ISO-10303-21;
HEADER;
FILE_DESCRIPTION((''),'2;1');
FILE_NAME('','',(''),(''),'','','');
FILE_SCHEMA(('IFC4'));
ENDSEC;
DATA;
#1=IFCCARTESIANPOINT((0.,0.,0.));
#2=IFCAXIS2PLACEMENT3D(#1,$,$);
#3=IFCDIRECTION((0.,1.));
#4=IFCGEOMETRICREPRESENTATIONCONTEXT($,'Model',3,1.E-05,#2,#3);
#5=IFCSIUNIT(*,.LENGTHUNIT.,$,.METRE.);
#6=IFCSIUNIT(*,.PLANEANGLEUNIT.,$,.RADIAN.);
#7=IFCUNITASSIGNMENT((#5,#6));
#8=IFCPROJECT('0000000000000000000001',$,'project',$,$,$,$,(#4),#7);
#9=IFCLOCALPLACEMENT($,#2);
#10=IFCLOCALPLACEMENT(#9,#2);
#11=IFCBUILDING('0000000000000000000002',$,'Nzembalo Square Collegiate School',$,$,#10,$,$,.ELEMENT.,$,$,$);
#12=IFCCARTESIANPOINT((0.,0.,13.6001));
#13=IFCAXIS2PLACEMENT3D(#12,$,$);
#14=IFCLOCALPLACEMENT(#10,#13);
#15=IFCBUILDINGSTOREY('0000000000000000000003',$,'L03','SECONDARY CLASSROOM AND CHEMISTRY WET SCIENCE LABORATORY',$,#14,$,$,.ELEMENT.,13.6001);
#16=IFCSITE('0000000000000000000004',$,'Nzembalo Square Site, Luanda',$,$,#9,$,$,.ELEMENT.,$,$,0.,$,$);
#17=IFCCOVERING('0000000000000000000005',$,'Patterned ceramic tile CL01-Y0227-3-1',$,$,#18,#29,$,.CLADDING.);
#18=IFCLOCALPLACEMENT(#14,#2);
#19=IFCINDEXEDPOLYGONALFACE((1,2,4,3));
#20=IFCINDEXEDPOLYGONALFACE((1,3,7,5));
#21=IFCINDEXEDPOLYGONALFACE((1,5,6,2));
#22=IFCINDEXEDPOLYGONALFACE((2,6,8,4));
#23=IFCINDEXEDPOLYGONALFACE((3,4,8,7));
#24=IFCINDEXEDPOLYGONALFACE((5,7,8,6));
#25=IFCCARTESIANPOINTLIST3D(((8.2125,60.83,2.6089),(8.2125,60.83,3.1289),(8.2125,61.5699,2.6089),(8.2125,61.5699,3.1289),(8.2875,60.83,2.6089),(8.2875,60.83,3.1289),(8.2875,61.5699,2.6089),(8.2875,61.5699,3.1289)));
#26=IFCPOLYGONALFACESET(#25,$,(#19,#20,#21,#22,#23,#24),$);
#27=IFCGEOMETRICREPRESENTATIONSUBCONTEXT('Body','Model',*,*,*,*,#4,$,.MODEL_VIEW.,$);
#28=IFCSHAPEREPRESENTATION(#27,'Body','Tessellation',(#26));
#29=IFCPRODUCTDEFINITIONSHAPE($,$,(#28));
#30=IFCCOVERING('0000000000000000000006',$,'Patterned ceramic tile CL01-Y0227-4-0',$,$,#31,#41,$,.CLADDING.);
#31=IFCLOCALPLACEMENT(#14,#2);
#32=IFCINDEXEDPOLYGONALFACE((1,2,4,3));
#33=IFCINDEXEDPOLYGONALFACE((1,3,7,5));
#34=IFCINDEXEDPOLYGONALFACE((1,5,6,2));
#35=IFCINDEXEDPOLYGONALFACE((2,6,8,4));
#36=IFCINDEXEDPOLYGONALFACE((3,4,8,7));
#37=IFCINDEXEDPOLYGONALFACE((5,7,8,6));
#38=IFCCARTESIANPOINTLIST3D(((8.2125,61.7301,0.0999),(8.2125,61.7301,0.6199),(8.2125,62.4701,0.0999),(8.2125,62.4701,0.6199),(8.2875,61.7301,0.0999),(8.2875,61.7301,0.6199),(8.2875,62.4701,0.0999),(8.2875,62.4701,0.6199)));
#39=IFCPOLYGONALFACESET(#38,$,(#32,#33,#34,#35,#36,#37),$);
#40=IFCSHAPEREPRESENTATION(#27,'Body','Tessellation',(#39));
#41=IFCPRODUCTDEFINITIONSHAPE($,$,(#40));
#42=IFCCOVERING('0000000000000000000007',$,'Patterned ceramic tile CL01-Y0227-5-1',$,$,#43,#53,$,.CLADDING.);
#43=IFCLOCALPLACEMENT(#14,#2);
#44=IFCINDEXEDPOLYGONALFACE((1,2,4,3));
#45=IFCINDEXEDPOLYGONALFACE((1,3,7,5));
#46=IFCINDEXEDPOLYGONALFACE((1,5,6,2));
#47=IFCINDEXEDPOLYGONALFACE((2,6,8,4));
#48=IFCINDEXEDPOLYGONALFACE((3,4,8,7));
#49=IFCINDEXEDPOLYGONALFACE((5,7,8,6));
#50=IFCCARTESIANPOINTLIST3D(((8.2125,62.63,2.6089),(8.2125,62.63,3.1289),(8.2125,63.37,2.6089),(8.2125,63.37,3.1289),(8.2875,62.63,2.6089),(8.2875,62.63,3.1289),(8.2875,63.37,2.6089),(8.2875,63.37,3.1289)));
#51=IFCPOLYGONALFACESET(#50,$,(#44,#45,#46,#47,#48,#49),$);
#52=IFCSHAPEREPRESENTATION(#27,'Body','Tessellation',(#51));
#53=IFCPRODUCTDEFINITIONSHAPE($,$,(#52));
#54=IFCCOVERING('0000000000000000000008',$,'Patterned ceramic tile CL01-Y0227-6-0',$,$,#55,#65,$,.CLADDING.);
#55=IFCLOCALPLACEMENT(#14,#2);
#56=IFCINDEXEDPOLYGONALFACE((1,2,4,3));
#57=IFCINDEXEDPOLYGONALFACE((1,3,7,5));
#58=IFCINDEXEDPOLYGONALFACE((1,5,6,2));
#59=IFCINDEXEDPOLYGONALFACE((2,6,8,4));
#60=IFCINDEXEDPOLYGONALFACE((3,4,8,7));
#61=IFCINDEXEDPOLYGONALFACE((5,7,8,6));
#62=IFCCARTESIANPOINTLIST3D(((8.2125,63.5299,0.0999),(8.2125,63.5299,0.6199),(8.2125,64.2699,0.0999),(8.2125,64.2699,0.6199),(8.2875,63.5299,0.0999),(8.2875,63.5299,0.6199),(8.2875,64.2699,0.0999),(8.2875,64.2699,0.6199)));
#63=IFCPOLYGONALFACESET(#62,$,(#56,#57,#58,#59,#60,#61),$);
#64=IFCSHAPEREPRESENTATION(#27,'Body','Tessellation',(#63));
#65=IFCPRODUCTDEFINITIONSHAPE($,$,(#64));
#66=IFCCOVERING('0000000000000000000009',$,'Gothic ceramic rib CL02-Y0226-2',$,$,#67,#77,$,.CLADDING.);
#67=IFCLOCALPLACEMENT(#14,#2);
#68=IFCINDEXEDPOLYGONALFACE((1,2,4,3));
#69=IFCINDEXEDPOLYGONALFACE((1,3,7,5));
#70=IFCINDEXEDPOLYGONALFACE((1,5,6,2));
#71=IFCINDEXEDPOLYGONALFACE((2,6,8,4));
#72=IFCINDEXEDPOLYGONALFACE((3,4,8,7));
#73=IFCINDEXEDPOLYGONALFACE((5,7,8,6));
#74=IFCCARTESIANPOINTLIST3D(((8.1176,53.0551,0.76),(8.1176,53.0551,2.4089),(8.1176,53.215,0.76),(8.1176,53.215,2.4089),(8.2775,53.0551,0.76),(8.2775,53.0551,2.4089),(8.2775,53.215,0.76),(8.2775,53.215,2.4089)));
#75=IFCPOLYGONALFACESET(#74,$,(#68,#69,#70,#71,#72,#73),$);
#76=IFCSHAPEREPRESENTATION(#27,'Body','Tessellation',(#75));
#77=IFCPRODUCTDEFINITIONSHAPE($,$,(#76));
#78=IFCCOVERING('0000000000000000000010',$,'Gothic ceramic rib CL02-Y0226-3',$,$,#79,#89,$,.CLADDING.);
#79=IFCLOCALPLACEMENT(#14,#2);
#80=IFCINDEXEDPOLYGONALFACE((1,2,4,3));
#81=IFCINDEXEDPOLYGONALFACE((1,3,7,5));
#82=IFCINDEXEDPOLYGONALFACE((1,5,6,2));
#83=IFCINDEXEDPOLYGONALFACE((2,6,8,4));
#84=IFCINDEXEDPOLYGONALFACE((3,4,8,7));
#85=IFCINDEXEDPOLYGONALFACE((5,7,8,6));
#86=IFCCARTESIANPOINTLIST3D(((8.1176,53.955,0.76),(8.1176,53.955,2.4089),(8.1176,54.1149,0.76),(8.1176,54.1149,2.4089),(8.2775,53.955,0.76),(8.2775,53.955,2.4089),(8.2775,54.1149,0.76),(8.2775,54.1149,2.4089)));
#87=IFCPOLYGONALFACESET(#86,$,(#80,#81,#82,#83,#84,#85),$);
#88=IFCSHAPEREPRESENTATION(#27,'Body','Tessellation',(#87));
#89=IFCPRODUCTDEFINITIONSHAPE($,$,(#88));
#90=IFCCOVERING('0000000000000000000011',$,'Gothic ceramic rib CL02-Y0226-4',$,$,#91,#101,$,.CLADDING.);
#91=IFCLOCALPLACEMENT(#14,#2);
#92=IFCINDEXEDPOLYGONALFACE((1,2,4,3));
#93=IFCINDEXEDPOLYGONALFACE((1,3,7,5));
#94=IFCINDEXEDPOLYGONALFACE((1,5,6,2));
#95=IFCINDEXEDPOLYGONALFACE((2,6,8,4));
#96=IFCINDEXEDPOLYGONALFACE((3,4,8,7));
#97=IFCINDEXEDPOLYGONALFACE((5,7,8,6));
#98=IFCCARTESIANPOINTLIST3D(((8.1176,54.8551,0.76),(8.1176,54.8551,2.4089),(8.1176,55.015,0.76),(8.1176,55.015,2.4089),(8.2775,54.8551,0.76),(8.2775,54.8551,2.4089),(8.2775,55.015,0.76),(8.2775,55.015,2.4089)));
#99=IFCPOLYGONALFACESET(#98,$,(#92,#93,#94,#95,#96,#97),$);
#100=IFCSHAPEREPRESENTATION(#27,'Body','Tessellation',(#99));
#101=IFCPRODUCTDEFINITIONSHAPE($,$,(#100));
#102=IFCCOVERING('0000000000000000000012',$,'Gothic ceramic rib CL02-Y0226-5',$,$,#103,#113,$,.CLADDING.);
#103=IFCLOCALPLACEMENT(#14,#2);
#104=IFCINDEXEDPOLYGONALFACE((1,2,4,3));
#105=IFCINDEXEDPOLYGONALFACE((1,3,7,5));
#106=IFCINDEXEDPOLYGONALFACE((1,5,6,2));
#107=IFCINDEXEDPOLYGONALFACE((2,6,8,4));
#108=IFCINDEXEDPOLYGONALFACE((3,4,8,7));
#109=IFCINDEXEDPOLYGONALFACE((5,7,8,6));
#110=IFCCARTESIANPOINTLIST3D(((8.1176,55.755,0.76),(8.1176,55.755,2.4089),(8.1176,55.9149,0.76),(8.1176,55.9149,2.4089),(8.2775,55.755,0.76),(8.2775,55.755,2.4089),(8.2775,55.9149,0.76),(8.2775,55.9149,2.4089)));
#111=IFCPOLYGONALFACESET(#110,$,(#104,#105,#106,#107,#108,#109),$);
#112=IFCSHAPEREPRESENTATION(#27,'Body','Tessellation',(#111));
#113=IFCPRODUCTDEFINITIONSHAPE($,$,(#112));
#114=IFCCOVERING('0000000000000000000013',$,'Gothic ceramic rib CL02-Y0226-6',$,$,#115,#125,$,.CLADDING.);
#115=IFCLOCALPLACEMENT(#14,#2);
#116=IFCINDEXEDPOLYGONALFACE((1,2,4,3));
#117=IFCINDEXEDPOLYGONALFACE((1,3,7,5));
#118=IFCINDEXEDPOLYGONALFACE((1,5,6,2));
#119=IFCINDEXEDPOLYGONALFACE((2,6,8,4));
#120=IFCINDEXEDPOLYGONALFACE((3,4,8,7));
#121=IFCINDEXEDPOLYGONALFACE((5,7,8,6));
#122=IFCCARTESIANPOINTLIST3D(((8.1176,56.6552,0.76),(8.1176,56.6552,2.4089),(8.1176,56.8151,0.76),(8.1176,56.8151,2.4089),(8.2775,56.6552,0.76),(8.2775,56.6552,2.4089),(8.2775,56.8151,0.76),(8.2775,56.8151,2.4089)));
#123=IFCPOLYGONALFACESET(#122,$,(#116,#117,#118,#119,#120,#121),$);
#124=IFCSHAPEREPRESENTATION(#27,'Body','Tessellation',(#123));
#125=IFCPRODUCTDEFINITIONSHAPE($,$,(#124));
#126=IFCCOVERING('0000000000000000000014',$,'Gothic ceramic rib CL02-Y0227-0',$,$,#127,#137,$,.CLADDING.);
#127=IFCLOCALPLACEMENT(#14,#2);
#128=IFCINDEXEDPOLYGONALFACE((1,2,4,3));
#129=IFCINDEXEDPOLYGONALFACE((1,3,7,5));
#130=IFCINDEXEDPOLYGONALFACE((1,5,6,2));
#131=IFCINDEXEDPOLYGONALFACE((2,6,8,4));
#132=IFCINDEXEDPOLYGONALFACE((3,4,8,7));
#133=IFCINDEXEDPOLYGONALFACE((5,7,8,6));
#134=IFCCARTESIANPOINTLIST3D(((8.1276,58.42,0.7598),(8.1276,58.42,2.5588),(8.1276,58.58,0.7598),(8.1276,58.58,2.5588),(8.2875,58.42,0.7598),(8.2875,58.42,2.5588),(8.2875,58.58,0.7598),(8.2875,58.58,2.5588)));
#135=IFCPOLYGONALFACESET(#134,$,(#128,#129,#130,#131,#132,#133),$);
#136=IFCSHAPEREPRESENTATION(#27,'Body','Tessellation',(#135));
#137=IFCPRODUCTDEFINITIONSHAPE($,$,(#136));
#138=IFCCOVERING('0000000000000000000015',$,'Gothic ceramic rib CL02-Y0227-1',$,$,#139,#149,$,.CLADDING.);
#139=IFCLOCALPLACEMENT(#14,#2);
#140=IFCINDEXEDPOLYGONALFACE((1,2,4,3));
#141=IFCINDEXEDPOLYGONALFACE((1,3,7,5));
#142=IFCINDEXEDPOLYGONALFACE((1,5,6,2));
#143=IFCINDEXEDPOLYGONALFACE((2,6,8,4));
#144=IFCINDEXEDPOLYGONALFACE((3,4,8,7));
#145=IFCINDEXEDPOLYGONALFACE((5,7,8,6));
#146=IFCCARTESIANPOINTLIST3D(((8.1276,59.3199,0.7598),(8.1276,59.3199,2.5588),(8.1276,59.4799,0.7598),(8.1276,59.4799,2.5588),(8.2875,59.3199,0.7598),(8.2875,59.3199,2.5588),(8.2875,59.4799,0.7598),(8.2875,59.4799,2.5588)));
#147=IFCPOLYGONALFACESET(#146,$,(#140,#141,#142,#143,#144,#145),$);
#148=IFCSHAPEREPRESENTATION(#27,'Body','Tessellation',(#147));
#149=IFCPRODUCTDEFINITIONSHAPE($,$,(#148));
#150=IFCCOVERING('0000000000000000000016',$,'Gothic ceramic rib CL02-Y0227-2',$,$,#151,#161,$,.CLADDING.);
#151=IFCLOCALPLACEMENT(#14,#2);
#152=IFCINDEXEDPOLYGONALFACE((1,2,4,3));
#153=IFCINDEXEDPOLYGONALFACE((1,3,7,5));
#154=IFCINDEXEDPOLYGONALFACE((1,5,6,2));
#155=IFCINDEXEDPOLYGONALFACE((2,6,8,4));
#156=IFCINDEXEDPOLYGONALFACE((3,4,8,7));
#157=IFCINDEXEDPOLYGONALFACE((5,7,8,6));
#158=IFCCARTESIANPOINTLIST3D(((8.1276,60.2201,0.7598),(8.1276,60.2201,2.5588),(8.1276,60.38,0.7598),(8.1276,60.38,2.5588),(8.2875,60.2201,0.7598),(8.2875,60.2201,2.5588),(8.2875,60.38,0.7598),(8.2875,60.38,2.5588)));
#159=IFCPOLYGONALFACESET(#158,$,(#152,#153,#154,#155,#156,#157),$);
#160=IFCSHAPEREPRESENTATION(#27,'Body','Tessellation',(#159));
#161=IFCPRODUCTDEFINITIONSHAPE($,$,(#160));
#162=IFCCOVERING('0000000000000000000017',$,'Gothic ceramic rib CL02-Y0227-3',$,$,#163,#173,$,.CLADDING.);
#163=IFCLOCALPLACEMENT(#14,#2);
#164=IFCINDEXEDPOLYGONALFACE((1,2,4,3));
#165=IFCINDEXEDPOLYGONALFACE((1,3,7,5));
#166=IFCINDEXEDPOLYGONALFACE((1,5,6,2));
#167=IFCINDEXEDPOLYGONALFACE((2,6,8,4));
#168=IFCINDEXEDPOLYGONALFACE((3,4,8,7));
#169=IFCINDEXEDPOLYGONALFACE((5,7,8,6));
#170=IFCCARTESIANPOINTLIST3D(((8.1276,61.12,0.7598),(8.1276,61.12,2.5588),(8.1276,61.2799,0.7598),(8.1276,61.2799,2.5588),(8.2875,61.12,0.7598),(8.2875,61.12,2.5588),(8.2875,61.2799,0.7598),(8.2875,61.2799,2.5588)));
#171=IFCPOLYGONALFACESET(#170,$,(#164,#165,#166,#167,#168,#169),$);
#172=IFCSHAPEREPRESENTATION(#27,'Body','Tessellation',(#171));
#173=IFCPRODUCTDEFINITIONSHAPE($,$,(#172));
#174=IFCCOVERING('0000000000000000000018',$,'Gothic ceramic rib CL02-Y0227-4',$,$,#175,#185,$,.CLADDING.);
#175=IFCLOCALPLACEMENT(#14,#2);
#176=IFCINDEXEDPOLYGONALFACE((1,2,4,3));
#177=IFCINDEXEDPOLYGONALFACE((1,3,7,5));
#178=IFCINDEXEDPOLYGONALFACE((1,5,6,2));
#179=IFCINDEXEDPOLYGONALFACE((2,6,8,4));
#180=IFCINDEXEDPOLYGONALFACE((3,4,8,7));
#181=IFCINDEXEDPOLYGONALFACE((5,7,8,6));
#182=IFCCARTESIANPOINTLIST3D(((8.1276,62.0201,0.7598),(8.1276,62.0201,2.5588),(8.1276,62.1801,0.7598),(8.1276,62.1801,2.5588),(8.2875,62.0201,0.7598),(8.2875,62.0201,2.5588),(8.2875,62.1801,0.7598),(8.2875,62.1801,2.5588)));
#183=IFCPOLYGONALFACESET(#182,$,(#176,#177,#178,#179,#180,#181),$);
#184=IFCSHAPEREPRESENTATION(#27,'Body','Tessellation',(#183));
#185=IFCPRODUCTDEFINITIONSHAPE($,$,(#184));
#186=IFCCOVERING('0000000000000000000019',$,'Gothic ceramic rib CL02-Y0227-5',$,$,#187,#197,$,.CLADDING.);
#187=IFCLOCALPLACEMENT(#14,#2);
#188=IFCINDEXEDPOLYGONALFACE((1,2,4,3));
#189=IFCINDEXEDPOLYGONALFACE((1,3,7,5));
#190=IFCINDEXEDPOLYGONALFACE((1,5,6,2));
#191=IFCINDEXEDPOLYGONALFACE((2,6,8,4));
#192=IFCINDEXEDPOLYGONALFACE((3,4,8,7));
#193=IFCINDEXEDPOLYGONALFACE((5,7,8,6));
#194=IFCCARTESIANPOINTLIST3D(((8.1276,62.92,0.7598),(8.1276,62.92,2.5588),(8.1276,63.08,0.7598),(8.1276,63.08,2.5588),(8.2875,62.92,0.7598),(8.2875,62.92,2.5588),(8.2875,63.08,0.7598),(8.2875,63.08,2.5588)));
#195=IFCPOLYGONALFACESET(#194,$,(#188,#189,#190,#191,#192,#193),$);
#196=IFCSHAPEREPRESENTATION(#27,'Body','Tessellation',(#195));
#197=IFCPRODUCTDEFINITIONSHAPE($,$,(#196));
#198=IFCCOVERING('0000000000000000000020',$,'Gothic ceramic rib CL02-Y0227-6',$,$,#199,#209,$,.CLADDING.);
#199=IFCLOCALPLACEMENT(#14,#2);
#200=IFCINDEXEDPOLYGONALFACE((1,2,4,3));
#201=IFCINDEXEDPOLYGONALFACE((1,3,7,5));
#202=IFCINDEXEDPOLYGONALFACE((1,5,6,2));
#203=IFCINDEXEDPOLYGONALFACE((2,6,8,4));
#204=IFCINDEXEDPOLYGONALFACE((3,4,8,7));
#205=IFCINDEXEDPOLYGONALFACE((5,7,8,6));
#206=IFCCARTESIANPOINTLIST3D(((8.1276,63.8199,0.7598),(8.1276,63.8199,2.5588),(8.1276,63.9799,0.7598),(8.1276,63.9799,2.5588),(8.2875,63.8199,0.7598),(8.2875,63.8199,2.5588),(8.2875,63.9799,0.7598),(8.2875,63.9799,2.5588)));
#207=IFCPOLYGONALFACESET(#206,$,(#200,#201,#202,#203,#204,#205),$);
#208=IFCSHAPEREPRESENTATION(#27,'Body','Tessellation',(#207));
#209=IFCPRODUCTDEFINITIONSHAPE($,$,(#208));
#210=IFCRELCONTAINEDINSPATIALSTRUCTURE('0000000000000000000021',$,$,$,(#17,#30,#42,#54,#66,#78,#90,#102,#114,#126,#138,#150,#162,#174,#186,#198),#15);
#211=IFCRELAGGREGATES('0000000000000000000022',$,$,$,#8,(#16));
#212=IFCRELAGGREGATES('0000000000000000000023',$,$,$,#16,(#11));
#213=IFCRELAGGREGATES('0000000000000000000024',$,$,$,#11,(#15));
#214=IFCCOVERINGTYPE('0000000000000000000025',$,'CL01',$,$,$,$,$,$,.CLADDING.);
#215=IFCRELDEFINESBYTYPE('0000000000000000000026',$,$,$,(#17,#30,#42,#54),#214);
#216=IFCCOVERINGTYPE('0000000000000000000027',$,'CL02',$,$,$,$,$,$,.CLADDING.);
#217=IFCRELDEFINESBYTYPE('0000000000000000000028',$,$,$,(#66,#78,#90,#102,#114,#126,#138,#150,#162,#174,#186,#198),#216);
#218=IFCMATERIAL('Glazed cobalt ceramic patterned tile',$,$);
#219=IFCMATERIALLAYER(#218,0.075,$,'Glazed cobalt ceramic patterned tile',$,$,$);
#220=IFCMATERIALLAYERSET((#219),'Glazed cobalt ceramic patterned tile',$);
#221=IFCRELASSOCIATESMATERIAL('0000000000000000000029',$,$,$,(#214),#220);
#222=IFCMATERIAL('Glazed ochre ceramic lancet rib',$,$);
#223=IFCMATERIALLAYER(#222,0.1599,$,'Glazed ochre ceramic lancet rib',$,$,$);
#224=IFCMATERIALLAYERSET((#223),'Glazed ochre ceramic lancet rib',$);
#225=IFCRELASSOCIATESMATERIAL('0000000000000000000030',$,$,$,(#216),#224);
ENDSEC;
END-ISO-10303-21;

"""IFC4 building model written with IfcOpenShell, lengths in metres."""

from ifc_helpers import new_model, si_unit, direction, frame, origin, origin_2d, place, context, subcontext, project, spatial, rectangle, extrude, material, layer, layer_set, type_object, element, save


model = new_model("IFC4")

# Units and contexts
model_context = context("Model", 3, precision=1e-05, world=origin(), true_north=direction((0.0, 1.0)))
body_context = subcontext(model_context, "Body", "Model", "MODEL_VIEW")
ifc_project = project(units=[si_unit("LENGTHUNIT", "METRE"), si_unit("PLANEANGLEUNIT", "RADIAN")], contexts=[model_context])

# Site, building, storey
site_placement = place(None, origin())
site = spatial("IfcSite", under=ifc_project, at=site_placement, Name="Nzembalo Square Site, Luanda", CompositionType="ELEMENT", RefElevation=0.0)
building_placement = place(site_placement, origin())
building = spatial("IfcBuilding", under=site, at=building_placement, Name="Nzembalo Square Collegiate School", CompositionType="ELEMENT")
storey_placement = place(building_placement, frame((0.0, 0.0, 13.6001)))
storey = spatial("IfcBuildingStorey", under=building, at=storey_placement, Name="L03", Description="SECONDARY CLASSROOM AND CHEMISTRY WET SCIENCE LABORATORY", CompositionType="ELEMENT", Elevation=13.6001)

# Coverings
ifc_material_1 = material(Name="Glazed cobalt ceramic patterned tile")
ifc_layer_1 = layer(ifc_material_1, 0.075, Name="Glazed cobalt ceramic patterned tile")
ifc_layer_set_1 = layer_set([ifc_layer_1], Name="Glazed cobalt ceramic patterned tile")
covering_type_1 = type_object("IfcCoveringType", Name="CL01", PredefinedType="CLADDING", material=ifc_layer_set_1)
for number, where, z_axis, x_axis, name in (
    (1, (8.25, 61.2, 2.6089), (0.0, 0.0, 1.0), (1.0, 0.0, 0.0), "Patterned ceramic tile CL01-Y0227-3-1"),
    (2, (8.25, 62.1001, 0.0999), (0.0, 0.0, 1.0), (1.0, 0.0, 0.0), "Patterned ceramic tile CL01-Y0227-4-0"),
    (3, (8.25, 63.0, 2.6089), (0.0, 0.0, 1.0), (1.0, 0.0, 0.0), "Patterned ceramic tile CL01-Y0227-5-1"),
    (4, (8.25, 63.8999, 0.0999), (0.0, 0.0, 1.0), (1.0, 0.0, 0.0), "Patterned ceramic tile CL01-Y0227-6-0"),
):
    element("IfcCovering", number, at=place(storey_placement, frame(where, z_axis=z_axis, x_axis=x_axis)), inside=storey, type_object=covering_type_1, Name=name, PredefinedType="CLADDING", context=body_context, shape_type="SweptSolid", body=[
        extrude(rectangle(XDim=0.075, YDim=0.74, at=origin_2d()), origin(), (0.0, 0.0, 1.0), 0.52),
    ])
ifc_material_2 = material(Name="Glazed ochre ceramic lancet rib")
ifc_layer_2 = layer(ifc_material_2, 0.1599, Name="Glazed ochre ceramic lancet rib")
ifc_layer_set_2 = layer_set([ifc_layer_2], Name="Glazed ochre ceramic lancet rib")
covering_type_2 = type_object("IfcCoveringType", Name="CL02", PredefinedType="CLADDING", material=ifc_layer_set_2)
for number, where, z_axis, x_axis, name in (
    (5, (8.1975, 53.135, 0.76), (0.0, 0.0, 1.0), (1.0, 0.0, 0.0), "Gothic ceramic rib CL02-Y0226-2"),
    (6, (8.1975, 54.0349, 0.76), (0.0, 0.0, 1.0), (1.0, 0.0, 0.0), "Gothic ceramic rib CL02-Y0226-3"),
    (7, (8.1975, 54.9351, 0.76), (0.0, 0.0, 1.0), (1.0, 0.0, 0.0), "Gothic ceramic rib CL02-Y0226-4"),
    (8, (8.1975, 55.835, 0.76), (0.0, 0.0, 1.0), (1.0, 0.0, 0.0), "Gothic ceramic rib CL02-Y0226-5"),
    (9, (8.1975, 56.7351, 0.76), (0.0, 0.0, 1.0), (1.0, 0.0, 0.0), "Gothic ceramic rib CL02-Y0226-6"),
):
    element("IfcCovering", number, at=place(storey_placement, frame(where, z_axis=z_axis, x_axis=x_axis)), inside=storey, type_object=covering_type_2, Name=name, PredefinedType="CLADDING", context=body_context, shape_type="SweptSolid", body=[
        extrude(rectangle(XDim=0.1599, YDim=0.1599, at=origin_2d()), origin(), (0.0, 0.0, 1.0), 1.6489),
    ])
for number, where, z_axis, x_axis, name in (
    (10, (8.2075, 58.5, 0.7598), (0.0, 0.0, 1.0), (1.0, 0.0, 0.0), "Gothic ceramic rib CL02-Y0227-0"),
    (11, (8.2075, 59.3999, 0.7598), (0.0, 0.0, 1.0), (1.0, 0.0, 0.0), "Gothic ceramic rib CL02-Y0227-1"),
    (12, (8.2075, 60.3, 0.7598), (0.0, 0.0, 1.0), (1.0, 0.0, 0.0), "Gothic ceramic rib CL02-Y0227-2"),
    (13, (8.2075, 61.2, 0.7598), (0.0, 0.0, 1.0), (1.0, 0.0, 0.0), "Gothic ceramic rib CL02-Y0227-3"),
    (14, (8.2075, 62.1001, 0.7598), (0.0, 0.0, 1.0), (1.0, 0.0, 0.0), "Gothic ceramic rib CL02-Y0227-4"),
    (15, (8.2075, 63.0, 0.7598), (0.0, 0.0, 1.0), (1.0, 0.0, 0.0), "Gothic ceramic rib CL02-Y0227-5"),
    (16, (8.2075, 63.8999, 0.7598), (0.0, 0.0, 1.0), (1.0, 0.0, 0.0), "Gothic ceramic rib CL02-Y0227-6"),
):
    element("IfcCovering", number, at=place(storey_placement, frame(where, z_axis=z_axis, x_axis=x_axis)), inside=storey, type_object=covering_type_2, Name=name, PredefinedType="CLADDING", context=body_context, shape_type="SweptSolid", body=[
        extrude(rectangle(XDim=0.1599, YDim=0.1599, at=origin_2d()), origin(), (0.0, 0.0, 1.0), 1.7991),
    ])

save(model, "model.ifc")
